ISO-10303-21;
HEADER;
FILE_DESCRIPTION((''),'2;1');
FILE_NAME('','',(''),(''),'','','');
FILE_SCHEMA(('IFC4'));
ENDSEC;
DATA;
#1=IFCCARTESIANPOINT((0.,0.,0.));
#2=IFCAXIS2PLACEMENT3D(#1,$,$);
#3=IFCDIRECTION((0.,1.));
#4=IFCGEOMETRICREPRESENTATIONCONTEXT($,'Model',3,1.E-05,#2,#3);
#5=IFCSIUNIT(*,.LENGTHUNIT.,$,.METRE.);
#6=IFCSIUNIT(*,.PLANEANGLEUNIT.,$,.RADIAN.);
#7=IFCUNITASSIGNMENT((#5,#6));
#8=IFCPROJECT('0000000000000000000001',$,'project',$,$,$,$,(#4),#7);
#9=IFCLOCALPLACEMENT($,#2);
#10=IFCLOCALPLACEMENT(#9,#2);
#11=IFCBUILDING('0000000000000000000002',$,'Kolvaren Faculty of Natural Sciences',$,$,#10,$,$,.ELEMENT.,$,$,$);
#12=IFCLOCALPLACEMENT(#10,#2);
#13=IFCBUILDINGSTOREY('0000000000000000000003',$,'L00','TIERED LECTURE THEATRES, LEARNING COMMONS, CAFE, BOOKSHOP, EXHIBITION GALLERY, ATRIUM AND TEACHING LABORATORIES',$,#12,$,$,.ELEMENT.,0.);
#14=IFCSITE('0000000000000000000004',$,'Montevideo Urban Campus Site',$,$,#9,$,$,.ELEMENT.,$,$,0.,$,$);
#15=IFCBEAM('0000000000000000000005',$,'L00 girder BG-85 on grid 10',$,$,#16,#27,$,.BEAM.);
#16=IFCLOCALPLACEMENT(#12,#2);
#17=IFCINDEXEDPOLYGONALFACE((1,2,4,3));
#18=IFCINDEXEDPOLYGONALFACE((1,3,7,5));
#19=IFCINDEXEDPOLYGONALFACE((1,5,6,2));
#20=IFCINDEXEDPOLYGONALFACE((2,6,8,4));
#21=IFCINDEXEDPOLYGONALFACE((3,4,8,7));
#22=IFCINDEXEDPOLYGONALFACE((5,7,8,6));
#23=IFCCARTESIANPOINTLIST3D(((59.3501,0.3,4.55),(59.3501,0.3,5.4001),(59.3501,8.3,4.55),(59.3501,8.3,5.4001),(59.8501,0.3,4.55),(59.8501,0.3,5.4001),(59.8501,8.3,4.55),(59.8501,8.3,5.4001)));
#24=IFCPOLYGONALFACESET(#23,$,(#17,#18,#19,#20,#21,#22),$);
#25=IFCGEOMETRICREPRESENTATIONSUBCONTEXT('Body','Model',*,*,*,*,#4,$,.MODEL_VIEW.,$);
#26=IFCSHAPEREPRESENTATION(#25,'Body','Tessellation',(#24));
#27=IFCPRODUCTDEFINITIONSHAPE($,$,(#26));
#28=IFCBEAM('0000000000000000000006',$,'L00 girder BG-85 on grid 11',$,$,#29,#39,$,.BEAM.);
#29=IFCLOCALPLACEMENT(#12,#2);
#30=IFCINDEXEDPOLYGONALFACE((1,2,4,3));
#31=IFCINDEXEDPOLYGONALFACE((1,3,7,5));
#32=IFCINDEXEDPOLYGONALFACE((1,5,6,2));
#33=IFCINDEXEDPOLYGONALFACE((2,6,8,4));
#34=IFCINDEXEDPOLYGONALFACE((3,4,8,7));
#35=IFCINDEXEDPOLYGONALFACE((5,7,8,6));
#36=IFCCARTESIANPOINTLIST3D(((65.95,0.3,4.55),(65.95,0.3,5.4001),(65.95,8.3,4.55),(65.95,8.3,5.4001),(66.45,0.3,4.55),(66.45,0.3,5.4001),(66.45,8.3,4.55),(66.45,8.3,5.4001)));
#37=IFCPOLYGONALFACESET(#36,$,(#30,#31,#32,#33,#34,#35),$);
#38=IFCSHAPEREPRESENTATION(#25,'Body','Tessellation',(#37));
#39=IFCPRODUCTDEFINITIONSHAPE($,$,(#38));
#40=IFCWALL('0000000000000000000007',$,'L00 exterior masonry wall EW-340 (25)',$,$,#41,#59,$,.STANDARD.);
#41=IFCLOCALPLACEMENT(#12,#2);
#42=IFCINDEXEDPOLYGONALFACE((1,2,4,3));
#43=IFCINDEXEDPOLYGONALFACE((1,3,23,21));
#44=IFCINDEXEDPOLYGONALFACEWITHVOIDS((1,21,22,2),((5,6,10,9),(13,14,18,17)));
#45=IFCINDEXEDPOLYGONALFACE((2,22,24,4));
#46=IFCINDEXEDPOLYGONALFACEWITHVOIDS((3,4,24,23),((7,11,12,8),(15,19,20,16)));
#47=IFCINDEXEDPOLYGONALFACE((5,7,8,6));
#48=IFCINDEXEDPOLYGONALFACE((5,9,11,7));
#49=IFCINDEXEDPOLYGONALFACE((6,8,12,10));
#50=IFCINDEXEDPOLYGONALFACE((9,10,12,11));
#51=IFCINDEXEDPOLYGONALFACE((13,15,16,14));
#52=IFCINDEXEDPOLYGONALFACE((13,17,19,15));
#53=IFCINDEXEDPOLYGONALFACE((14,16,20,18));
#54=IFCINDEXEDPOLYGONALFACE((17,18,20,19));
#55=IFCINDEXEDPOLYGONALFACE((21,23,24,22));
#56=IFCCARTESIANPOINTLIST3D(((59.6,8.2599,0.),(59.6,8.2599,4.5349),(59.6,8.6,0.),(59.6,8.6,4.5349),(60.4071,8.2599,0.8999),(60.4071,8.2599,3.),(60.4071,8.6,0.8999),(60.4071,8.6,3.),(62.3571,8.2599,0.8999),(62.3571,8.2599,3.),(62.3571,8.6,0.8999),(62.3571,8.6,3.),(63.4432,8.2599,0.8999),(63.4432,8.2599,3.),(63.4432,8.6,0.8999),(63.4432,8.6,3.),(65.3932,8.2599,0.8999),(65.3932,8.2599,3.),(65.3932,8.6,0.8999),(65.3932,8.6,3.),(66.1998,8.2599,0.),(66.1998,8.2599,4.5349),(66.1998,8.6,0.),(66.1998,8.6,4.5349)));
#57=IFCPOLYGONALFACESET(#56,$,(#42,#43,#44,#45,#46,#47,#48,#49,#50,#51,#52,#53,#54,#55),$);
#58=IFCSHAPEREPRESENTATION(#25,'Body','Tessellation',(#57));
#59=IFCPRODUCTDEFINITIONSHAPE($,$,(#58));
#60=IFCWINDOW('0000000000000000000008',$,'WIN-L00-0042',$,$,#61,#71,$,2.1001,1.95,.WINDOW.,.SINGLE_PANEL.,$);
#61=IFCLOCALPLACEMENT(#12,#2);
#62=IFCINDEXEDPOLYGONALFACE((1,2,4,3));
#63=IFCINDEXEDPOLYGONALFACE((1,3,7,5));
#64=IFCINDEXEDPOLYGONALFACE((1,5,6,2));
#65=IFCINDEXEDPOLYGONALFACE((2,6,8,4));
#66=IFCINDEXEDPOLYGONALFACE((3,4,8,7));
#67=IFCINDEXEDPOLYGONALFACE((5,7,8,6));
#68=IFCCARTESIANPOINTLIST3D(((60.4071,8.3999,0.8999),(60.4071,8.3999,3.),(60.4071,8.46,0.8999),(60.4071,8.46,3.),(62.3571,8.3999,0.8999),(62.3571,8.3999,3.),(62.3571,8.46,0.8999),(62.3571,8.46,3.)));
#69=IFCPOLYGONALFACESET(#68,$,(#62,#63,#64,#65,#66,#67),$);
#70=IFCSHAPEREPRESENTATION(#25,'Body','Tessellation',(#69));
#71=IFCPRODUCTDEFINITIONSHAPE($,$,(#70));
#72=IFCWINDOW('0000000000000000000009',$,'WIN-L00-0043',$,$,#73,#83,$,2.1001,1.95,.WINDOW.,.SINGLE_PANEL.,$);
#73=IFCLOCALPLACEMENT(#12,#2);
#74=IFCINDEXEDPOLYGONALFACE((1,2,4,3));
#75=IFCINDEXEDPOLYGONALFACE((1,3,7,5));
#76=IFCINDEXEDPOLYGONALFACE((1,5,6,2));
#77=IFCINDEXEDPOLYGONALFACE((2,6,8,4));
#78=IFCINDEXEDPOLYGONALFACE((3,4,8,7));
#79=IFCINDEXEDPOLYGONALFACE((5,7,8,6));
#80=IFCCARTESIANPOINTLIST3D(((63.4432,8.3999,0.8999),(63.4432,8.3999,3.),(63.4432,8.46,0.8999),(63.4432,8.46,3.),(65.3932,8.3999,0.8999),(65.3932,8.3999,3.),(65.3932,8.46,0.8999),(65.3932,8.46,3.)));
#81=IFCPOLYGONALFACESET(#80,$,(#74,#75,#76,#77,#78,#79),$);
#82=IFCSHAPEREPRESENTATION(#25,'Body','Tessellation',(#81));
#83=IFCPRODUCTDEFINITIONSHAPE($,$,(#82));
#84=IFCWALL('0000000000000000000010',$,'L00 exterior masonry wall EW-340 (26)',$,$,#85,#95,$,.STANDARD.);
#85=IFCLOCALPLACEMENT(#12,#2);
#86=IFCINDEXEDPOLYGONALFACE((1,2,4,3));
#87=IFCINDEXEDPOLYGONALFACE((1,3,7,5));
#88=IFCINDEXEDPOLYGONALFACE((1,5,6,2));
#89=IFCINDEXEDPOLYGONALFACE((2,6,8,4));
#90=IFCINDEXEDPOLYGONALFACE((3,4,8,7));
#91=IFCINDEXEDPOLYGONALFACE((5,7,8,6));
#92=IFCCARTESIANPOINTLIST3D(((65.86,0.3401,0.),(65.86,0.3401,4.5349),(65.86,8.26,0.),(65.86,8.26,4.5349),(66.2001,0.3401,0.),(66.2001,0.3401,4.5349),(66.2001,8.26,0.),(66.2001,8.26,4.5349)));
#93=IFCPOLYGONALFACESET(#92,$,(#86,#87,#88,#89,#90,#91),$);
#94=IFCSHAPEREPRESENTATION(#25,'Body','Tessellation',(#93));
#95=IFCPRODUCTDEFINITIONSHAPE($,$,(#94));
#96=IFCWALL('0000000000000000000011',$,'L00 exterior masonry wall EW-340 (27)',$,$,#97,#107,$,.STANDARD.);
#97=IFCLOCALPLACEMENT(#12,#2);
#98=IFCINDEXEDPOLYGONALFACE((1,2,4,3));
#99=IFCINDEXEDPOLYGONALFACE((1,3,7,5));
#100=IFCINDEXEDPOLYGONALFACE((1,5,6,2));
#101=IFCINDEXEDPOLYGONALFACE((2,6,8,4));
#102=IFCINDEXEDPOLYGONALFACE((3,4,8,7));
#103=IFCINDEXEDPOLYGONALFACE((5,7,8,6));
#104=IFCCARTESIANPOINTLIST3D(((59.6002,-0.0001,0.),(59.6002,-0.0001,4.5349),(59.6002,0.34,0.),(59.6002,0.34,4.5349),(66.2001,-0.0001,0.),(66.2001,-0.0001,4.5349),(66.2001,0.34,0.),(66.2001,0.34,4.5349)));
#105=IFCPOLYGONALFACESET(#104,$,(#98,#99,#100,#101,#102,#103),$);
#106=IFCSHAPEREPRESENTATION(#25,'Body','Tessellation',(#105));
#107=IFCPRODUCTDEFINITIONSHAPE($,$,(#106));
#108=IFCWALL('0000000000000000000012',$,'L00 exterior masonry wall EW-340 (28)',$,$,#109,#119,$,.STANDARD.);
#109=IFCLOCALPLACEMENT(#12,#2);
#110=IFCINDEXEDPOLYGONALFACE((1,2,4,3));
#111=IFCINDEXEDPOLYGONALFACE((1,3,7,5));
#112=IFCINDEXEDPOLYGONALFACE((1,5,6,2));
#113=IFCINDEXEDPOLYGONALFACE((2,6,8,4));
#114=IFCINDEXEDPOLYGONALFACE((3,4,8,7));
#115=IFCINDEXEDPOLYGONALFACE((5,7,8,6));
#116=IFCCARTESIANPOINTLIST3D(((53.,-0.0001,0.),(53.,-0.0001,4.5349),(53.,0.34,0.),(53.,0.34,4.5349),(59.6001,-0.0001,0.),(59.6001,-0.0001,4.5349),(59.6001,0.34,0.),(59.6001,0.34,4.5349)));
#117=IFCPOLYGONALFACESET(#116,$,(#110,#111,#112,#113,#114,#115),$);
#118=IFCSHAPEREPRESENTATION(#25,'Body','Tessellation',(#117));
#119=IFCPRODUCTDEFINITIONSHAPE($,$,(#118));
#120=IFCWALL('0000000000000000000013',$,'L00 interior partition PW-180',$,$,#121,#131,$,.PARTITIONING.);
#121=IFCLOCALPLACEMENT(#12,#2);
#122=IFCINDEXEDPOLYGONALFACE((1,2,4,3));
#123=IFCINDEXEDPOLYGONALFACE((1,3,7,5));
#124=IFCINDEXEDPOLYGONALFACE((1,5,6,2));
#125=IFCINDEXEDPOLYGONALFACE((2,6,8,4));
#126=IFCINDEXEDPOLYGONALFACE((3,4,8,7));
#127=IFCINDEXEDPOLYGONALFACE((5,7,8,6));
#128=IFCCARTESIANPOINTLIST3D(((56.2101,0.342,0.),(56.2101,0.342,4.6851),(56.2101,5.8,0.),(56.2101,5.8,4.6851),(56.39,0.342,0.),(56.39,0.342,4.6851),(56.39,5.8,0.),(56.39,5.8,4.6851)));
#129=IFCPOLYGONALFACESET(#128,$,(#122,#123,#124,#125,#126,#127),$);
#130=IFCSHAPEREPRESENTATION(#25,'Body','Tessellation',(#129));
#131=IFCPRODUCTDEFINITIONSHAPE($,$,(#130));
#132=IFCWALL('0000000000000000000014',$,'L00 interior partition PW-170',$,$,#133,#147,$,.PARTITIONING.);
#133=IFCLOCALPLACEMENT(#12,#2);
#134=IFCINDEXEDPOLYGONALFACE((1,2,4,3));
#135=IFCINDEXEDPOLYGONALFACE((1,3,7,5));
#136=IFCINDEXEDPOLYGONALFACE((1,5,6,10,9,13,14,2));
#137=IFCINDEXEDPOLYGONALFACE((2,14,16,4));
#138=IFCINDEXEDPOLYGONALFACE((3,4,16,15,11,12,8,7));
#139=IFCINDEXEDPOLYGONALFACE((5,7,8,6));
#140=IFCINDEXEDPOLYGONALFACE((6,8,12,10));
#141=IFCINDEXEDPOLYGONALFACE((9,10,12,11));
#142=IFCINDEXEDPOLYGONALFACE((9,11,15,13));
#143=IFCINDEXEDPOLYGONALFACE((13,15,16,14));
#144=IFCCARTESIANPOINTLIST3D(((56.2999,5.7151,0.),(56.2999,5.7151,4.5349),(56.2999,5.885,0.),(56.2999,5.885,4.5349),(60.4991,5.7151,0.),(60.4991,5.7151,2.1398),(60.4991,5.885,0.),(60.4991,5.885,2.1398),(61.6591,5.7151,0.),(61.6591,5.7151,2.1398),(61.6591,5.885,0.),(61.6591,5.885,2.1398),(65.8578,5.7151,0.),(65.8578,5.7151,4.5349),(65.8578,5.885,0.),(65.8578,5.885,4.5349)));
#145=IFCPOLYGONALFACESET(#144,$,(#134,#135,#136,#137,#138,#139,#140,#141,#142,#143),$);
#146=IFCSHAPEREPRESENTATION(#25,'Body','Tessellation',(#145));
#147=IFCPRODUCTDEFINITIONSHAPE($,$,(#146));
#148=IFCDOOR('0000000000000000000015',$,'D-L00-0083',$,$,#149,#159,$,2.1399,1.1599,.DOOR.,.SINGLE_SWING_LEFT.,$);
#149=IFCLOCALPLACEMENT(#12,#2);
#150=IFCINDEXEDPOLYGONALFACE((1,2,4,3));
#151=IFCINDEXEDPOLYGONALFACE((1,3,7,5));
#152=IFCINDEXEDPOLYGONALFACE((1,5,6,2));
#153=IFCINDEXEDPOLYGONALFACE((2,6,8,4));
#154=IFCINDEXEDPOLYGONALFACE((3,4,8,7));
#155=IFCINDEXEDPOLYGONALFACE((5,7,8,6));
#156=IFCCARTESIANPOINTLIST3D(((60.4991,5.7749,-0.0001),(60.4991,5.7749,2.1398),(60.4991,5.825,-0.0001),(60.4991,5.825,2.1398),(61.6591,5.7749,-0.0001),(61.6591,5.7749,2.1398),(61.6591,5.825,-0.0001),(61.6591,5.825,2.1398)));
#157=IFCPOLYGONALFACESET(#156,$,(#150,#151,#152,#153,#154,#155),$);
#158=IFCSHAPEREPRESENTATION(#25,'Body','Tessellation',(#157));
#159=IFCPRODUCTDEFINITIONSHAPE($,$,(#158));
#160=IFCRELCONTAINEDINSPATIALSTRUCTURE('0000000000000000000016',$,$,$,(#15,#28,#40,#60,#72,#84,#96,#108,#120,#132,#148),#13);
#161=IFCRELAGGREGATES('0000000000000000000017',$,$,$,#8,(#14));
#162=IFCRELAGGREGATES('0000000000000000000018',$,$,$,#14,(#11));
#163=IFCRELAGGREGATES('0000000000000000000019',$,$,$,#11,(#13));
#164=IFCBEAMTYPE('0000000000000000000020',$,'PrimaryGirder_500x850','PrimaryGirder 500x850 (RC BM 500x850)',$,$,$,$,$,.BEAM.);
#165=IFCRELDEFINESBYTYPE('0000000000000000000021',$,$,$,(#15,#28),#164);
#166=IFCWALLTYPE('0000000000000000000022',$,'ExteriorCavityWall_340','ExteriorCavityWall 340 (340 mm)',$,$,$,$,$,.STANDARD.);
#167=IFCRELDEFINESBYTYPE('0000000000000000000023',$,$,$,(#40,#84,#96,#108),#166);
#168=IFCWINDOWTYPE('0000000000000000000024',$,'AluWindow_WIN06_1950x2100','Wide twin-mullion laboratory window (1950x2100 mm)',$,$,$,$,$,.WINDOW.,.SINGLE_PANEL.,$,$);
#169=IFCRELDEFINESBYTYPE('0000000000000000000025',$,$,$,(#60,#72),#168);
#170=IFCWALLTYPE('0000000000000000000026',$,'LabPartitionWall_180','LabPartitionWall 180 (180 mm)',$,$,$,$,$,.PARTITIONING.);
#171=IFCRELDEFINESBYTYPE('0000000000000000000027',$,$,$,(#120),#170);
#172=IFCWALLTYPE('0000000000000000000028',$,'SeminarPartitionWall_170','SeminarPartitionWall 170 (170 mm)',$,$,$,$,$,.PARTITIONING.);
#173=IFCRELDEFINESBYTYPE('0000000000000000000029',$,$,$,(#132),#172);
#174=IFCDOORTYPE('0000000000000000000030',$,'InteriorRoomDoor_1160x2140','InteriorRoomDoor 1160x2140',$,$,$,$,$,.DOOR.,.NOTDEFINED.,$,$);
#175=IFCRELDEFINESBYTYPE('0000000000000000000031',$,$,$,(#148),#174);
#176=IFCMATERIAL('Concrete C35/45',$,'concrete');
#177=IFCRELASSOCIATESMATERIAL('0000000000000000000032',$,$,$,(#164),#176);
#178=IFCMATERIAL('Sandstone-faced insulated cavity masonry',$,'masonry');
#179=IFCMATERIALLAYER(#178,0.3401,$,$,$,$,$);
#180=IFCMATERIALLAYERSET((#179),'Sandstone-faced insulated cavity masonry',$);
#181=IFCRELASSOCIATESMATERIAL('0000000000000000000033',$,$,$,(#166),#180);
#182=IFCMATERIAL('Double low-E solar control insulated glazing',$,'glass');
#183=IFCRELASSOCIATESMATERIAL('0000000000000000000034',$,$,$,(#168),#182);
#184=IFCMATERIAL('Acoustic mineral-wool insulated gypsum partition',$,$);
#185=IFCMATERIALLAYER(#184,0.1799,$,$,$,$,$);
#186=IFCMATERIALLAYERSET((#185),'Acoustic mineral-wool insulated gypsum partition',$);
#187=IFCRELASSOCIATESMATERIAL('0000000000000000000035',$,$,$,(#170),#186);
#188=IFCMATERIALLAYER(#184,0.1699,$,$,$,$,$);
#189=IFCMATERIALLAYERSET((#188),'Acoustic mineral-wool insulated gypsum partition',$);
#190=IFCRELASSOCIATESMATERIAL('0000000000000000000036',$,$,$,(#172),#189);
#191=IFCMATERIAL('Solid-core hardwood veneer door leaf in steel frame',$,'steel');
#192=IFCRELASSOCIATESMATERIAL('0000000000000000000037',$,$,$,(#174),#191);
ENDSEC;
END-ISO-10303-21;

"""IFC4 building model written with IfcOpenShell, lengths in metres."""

from ifc_helpers import new_model, si_unit, direction, frame, frame_2d, origin, origin_2d, place, context, subcontext, project, spatial, rectangle, extrude, material, layer, layer_set, material_profile, profile_set, type_object, element, fill, save


model = new_model("IFC4")

# Units and contexts
model_context = context("Model", 3, precision=1e-05, world=origin(), true_north=direction((0.0, 1.0)))
body_context = subcontext(model_context, "Body", "Model", "MODEL_VIEW")
ifc_project = project(units=[si_unit("LENGTHUNIT", "METRE"), si_unit("PLANEANGLEUNIT", "RADIAN")], contexts=[model_context])

# Site, building, storey
site_placement = place(None, origin())
site = spatial("IfcSite", under=ifc_project, at=site_placement, Name="Montevideo Urban Campus Site", CompositionType="ELEMENT", RefElevation=0.0)
building_placement = place(site_placement, origin())
building = spatial("IfcBuilding", under=site, at=building_placement, Name="Kolvaren Faculty of Natural Sciences", CompositionType="ELEMENT")
storey_placement = place(building_placement, origin())
storey = spatial("IfcBuildingStorey", under=building, at=storey_placement, Name="L00", Description="TIERED LECTURE THEATRES, LEARNING COMMONS, CAFE, BOOKSHOP, EXHIBITION GALLERY, ATRIUM AND TEACHING LABORATORIES", CompositionType="ELEMENT", Elevation=0.0)

# Shared definitions
ifc_material_1 = material(Name="Concrete C35/45", Category="concrete")

# Beams
ifc_material_profile_1 = material_profile(ifc_material_1, rectangle(XDim=0.5, YDim=0.8501, at=origin_2d()), Name="RC BM 500x850")
ifc_profile_set_1 = profile_set([ifc_material_profile_1], Name="Concrete C35/45")
beam_type_1 = type_object("IfcBeamType", Name="PrimaryGirder_500x850", Description="PrimaryGirder 500x850 (RC BM 500x850)", PredefinedType="BEAM", material=ifc_profile_set_1)
for number, where, z_axis, x_axis, name in (
    (1, (59.6001, 0.3, 4.9751), (0.0, 1.0, 0.0), (-1.0, 0.0, 0.0), "L00 girder BG-85 on grid 10"),
    (2, (66.2, 0.3, 4.9751), (0.0, 1.0, 0.0), (-1.0, 0.0, 0.0), "L00 girder BG-85 on grid 11"),
):
    element("IfcBeam", number, at=place(storey_placement, frame(where, z_axis=z_axis, x_axis=x_axis)), inside=storey, type_object=beam_type_1, Name=name, PredefinedType="BEAM", context=body_context, shape_type="SweptSolid", body=[
        extrude(rectangle(XDim=0.5, YDim=0.8501, at=origin_2d()), origin(), (0.0, 0.0, 1.0), 8.0),
    ])

# Wall, openings, windows
ifc_material_2 = material(Name="Sandstone-faced insulated cavity masonry", Category="masonry")
ifc_layer_1 = layer(ifc_material_2, 0.3401)
ifc_layer_set_1 = layer_set([ifc_layer_1], Name="Sandstone-faced insulated cavity masonry")
wall_type_1 = type_object("IfcWallType", Name="ExteriorCavityWall_340", Description="ExteriorCavityWall 340 (340 mm)", PredefinedType="STANDARD", material=ifc_layer_set_1)
wall_1_placement = place(storey_placement, frame((59.6001, 8.4299, 0.0), z_axis=(0.0, 0.0, 1.0), x_axis=(1.0, 0.0, 0.0)))
wall_1 = element("IfcWall", 3, at=wall_1_placement, inside=storey, type_object=wall_type_1, Name="L00 exterior masonry wall EW-340 (25)", PredefinedType="STANDARD", context=body_context, shape_type="SweptSolid", body=[
    extrude(rectangle(XDim=6.5999, YDim=0.3401, at=frame_2d((3.2998, 0.0))), origin(), (0.0, 0.0, 1.0), 4.5349),
])
opening_1_placement = place(wall_1_placement, frame((0.8069, 0.0, 0.8999)))
opening_1 = element("IfcOpeningElement", 4, at=opening_1_placement, cuts=wall_1, PredefinedType="OPENING", context=body_context, shape_type="SweptSolid", body=[
    extrude(rectangle(XDim=1.95, YDim=2.1001, at=frame_2d((0.9751, 1.05))), frame((0.0, 0.1799, 0.0), z_axis=(0.0, -1.0, 0.0), x_axis=(1.0, 0.0, 0.0)), (0.0, 0.0, 1.0), 0.3601),
])
opening_2_placement = place(wall_1_placement, frame((3.843, 0.0, 0.8999)))
opening_2 = element("IfcOpeningElement", 5, at=opening_2_placement, cuts=wall_1, PredefinedType="OPENING", context=body_context, shape_type="SweptSolid", body=[
    extrude(rectangle(XDim=1.95, YDim=2.1001, at=frame_2d((0.9751, 1.05))), frame((0.0, 0.1799, 0.0), z_axis=(0.0, -1.0, 0.0), x_axis=(1.0, 0.0, 0.0)), (0.0, 0.0, 1.0), 0.3601),
])
ifc_material_3 = material(Name="Double low-E solar control insulated glazing", Category="glass")
window_type = type_object("IfcWindowType", Name="AluWindow_WIN06_1950x2100", Description="Wide twin-mullion laboratory window (1950x2100 mm)", PartitioningType="SINGLE_PANEL", PredefinedType="WINDOW", material=ifc_material_3)
window_1_placement = place(opening_1_placement, origin())
window_1 = element("IfcWindow", 6, at=window_1_placement, inside=storey, type_object=window_type, Name="WIN-L00-0042", OverallHeight=2.1001, OverallWidth=1.95, PartitioningType="SINGLE_PANEL", PredefinedType="WINDOW", context=body_context, shape_type="SweptSolid", body=[
    extrude(rectangle(XDim=1.95, YDim=2.1001, at=frame_2d((0.9751, 1.05))), frame((0.0, 0.03, 0.0), z_axis=(0.0, -1.0, 0.0), x_axis=(1.0, 0.0, 0.0)), (0.0, 0.0, 1.0), 0.0601),
])
fill(opening_1, window_1)
window_2_placement = place(opening_2_placement, origin())
window_2 = element("IfcWindow", 7, at=window_2_placement, inside=storey, type_object=window_type, Name="WIN-L00-0043", OverallHeight=2.1001, OverallWidth=1.95, PartitioningType="SINGLE_PANEL", PredefinedType="WINDOW", context=body_context, shape_type="SweptSolid", body=[
    extrude(rectangle(XDim=1.95, YDim=2.1001, at=frame_2d((0.9751, 1.05))), frame((0.0, 0.03, 0.0), z_axis=(0.0, -1.0, 0.0), x_axis=(1.0, 0.0, 0.0)), (0.0, 0.0, 1.0), 0.0601),
])
fill(opening_2, window_2)

# Walls
wall_2_placement = place(storey_placement, frame((66.03, 8.26, 0.0), z_axis=(0.0, 0.0, 1.0), x_axis=(0.0, -1.0, 0.0)))
element("IfcWall", 8, at=wall_2_placement, inside=storey, type_object=wall_type_1, Name="L00 exterior masonry wall EW-340 (26)", PredefinedType="STANDARD", context=body_context, shape_type="SweptSolid", body=[
    extrude(rectangle(XDim=7.9199, YDim=0.3401, at=frame_2d((3.96, 0.0))), origin(), (0.0, 0.0, 1.0), 4.5349),
])
wall_3_placement = place(storey_placement, frame((66.2, 0.1699, 0.0), z_axis=(0.0, 0.0, 1.0), x_axis=(-1.0, 0.0, 0.0)))
element("IfcWall", 9, at=wall_3_placement, inside=storey, type_object=wall_type_1, Name="L00 exterior masonry wall EW-340 (27)", PredefinedType="STANDARD", context=body_context, shape_type="SweptSolid", body=[
    extrude(rectangle(XDim=6.5999, YDim=0.3401, at=frame_2d((3.2998, 0.0))), origin(), (0.0, 0.0, 1.0), 4.5349),
])
wall_4_placement = place(storey_placement, frame((59.6001, 0.1699, 0.0), z_axis=(0.0, 0.0, 1.0), x_axis=(-1.0, 0.0, 0.0)))
element("IfcWall", 10, at=wall_4_placement, inside=storey, type_object=wall_type_1, Name="L00 exterior masonry wall EW-340 (28)", PredefinedType="STANDARD", context=body_context, shape_type="SweptSolid", body=[
    extrude(rectangle(XDim=6.6001, YDim=0.3401, at=frame_2d((3.3, 0.0))), origin(), (0.0, 0.0, 1.0), 4.5349),
])
ifc_material_4 = material(Name="Acoustic mineral-wool insulated gypsum partition")
ifc_layer_2 = layer(ifc_material_4, 0.1799)
ifc_layer_set_2 = layer_set([ifc_layer_2], Name="Acoustic mineral-wool insulated gypsum partition")
wall_type_2 = type_object("IfcWallType", Name="LabPartitionWall_180", Description="LabPartitionWall 180 (180 mm)", PredefinedType="PARTITIONING", material=ifc_layer_set_2)
wall_5_placement = place(storey_placement, frame((56.3, 5.8, 0.0), z_axis=(0.0, 0.0, 1.0), x_axis=(0.0, -1.0, 0.0)))
element("IfcWall", 11, at=wall_5_placement, inside=storey, type_object=wall_type_2, Name="L00 interior partition PW-180", PredefinedType="PARTITIONING", context=body_context, shape_type="SweptSolid", body=[
    extrude(rectangle(XDim=5.458, YDim=0.1799, at=frame_2d((2.729, 0.0))), origin(), (0.0, 0.0, 1.0), 4.6851),
])

# Wall, opening, door
ifc_layer_3 = layer(ifc_material_4, 0.1699)
ifc_layer_set_3 = layer_set([ifc_layer_3], Name="Acoustic mineral-wool insulated gypsum partition")
wall_type_3 = type_object("IfcWallType", Name="SeminarPartitionWall_170", Description="SeminarPartitionWall 170 (170 mm)", PredefinedType="PARTITIONING", material=ifc_layer_set_3)
wall_6_placement = place(storey_placement, frame((56.3, 5.8, 0.0), z_axis=(0.0, 0.0, 1.0), x_axis=(1.0, 0.0, 0.0)))
wall_6 = element("IfcWall", 12, at=wall_6_placement, inside=storey, type_object=wall_type_3, Name="L00 interior partition PW-170", PredefinedType="PARTITIONING", context=body_context, shape_type="SweptSolid", body=[
    extrude(rectangle(XDim=9.5579, YDim=0.1699, at=frame_2d((4.7788, 0.0))), origin(), (0.0, 0.0, 1.0), 4.5349),
])
opening_3_placement = place(wall_6_placement, frame((4.199, 0.0, 0.0)))
opening_3 = element("IfcOpeningElement", 13, at=opening_3_placement, cuts=wall_6, PredefinedType="OPENING", context=body_context, shape_type="SweptSolid", body=[
    extrude(rectangle(XDim=1.1599, YDim=2.1399, at=frame_2d((0.5801, 1.0698))), frame((0.0, 0.095, 0.0), z_axis=(0.0, -1.0, 0.0), x_axis=(1.0, 0.0, 0.0)), (0.0, 0.0, 1.0), 0.1899),
])
ifc_material_5 = material(Name="Solid-core hardwood veneer door leaf in steel frame", Category="steel")
door_type = type_object("IfcDoorType", Name="InteriorRoomDoor_1160x2140", Description="InteriorRoomDoor 1160x2140", OperationType="NOTDEFINED", PredefinedType="DOOR", material=ifc_material_5)
door_placement = place(opening_3_placement, origin())
door = element("IfcDoor", 14, at=door_placement, inside=storey, type_object=door_type, Name="D-L00-0083", OperationType="SINGLE_SWING_LEFT", OverallHeight=2.1399, OverallWidth=1.1599, PredefinedType="DOOR", context=body_context, shape_type="SweptSolid", body=[
    extrude(rectangle(XDim=1.1599, YDim=2.1399, at=frame_2d((0.5801, 1.0698))), frame((0.0, 0.0249, 0.0), z_axis=(0.0, -1.0, 0.0), x_axis=(1.0, 0.0, 0.0)), (0.0, 0.0, 1.0), 0.05),
])
fill(opening_3, door)

save(model, "model.ifc")
